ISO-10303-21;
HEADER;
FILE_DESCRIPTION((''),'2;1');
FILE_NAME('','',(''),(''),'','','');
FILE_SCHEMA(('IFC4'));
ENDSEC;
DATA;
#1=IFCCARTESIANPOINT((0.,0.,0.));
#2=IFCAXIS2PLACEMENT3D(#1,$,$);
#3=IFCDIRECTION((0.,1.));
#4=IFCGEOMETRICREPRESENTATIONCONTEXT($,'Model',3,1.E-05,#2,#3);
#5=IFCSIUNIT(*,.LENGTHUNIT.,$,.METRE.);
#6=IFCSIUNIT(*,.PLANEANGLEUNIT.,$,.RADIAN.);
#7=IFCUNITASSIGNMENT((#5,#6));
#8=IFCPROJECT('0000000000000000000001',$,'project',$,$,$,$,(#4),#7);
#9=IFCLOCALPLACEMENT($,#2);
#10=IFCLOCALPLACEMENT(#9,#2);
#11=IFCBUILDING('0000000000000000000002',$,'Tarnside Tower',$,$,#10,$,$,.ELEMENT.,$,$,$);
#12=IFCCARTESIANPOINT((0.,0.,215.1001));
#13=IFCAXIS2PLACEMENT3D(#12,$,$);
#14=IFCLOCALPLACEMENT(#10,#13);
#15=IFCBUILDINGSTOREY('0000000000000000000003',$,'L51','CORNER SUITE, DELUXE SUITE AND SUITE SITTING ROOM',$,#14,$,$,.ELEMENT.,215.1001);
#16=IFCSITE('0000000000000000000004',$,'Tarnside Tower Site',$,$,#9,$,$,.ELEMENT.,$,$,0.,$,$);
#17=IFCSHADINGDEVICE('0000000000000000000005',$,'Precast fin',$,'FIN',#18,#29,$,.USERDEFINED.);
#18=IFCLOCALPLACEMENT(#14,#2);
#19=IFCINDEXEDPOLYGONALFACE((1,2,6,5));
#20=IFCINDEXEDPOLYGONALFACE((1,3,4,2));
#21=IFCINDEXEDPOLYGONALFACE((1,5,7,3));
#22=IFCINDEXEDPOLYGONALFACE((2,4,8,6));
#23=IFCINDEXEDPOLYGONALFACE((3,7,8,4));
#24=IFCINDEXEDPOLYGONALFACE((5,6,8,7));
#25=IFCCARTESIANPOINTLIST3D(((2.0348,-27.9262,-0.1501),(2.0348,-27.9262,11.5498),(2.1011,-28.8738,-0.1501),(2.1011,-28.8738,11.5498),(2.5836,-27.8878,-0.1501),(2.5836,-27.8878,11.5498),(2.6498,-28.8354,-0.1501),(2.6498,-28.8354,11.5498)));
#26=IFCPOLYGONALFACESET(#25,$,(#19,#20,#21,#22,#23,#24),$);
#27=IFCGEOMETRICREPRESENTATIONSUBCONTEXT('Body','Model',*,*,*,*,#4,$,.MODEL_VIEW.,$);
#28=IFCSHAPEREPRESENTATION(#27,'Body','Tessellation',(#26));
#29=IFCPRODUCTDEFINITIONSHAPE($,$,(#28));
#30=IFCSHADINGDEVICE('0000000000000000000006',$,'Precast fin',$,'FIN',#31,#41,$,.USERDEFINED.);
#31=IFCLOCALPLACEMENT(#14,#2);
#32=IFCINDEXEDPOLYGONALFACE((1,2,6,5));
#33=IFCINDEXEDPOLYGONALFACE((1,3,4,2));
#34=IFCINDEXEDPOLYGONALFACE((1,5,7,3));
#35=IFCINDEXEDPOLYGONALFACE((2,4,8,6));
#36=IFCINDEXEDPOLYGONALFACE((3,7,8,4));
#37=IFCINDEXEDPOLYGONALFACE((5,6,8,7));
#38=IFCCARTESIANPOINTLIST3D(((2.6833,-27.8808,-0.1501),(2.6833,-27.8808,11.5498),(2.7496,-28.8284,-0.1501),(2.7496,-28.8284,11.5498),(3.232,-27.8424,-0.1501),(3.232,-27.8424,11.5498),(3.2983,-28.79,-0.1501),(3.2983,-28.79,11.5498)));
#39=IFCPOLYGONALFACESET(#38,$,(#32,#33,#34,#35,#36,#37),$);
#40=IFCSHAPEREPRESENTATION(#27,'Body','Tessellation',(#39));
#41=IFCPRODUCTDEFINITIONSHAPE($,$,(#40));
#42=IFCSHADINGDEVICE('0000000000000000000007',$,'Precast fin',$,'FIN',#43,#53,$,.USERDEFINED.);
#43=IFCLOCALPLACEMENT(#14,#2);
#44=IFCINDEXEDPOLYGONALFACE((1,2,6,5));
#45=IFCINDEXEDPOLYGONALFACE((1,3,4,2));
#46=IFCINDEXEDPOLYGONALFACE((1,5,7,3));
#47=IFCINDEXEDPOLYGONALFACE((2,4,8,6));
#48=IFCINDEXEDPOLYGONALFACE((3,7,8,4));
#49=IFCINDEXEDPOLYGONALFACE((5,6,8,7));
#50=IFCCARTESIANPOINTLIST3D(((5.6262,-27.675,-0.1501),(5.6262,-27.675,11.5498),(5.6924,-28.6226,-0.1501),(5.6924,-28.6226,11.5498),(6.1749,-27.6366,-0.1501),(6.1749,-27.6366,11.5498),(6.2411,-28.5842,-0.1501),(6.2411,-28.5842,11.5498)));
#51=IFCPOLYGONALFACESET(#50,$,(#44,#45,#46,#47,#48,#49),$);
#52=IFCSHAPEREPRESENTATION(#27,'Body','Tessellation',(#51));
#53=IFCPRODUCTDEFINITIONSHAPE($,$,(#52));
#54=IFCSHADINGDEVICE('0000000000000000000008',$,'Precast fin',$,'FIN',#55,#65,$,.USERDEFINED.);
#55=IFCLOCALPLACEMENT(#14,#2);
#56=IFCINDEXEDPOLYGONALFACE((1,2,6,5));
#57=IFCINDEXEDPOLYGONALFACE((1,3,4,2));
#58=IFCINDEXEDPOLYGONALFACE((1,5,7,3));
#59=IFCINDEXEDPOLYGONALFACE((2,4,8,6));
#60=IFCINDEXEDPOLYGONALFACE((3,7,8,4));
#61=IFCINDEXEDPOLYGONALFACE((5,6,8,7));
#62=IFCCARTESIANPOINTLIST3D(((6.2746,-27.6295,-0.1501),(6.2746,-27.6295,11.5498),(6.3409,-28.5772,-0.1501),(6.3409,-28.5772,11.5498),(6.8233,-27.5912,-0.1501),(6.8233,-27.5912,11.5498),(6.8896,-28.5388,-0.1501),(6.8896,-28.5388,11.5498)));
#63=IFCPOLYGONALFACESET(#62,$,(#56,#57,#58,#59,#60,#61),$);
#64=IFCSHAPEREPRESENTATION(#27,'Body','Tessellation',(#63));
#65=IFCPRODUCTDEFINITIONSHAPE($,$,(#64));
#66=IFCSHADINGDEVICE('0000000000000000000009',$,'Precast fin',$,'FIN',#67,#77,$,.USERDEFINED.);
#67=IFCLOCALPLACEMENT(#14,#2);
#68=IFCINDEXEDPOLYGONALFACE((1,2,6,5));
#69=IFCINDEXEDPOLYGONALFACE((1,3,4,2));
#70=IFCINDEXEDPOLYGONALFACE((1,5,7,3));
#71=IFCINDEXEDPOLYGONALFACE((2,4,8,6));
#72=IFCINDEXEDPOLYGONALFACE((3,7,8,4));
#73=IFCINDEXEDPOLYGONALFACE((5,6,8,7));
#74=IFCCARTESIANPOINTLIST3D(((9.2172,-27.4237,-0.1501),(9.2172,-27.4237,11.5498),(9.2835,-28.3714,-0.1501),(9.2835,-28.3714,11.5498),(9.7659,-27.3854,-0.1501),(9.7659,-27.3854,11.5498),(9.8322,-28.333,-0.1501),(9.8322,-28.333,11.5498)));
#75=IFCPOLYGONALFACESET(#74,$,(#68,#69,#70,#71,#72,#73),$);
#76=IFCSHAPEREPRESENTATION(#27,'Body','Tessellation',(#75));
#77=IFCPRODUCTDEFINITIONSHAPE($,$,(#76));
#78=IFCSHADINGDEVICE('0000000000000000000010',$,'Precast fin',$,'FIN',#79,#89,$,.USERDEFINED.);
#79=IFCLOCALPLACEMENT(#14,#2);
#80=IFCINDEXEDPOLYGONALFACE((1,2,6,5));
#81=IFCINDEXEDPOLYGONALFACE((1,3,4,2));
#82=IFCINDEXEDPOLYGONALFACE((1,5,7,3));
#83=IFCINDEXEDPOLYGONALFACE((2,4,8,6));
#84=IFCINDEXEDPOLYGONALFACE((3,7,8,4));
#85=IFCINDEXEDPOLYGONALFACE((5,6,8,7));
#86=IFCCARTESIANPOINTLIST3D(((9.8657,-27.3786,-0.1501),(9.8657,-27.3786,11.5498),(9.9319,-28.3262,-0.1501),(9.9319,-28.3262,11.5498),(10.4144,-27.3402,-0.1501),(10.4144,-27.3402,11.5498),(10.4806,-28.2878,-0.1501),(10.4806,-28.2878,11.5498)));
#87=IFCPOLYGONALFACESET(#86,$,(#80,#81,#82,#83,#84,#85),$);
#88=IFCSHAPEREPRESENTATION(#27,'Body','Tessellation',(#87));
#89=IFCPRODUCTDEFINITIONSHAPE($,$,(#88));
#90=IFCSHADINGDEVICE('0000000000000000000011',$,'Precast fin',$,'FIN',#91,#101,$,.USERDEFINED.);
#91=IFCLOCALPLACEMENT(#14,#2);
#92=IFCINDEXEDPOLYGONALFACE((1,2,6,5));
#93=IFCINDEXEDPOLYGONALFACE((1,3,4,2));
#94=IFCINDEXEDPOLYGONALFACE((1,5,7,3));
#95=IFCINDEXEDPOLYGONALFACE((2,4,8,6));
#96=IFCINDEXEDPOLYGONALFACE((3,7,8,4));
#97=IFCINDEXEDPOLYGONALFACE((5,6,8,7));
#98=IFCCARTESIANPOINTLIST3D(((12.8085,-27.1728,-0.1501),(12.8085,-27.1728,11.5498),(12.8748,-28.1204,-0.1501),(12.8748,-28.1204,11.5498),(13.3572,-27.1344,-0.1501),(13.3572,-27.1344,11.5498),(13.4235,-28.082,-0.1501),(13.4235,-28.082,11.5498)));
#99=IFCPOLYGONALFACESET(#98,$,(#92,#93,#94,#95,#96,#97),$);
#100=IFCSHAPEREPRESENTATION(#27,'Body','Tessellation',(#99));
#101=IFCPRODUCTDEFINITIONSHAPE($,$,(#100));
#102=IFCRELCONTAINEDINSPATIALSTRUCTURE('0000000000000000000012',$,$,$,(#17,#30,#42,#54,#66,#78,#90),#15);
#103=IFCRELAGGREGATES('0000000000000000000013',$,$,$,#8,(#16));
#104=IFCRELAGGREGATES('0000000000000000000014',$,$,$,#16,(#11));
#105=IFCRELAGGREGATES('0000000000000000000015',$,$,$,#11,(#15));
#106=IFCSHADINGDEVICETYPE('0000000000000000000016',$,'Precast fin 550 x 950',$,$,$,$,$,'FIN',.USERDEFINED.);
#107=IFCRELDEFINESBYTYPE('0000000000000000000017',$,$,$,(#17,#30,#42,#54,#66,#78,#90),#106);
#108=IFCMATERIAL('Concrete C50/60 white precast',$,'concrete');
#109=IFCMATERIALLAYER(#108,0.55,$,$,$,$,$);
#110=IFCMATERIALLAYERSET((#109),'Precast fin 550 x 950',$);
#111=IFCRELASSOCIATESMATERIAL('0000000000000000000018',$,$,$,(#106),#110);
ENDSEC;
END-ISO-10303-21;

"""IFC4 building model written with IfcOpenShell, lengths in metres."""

from ifc_helpers import new_model, si_unit, direction, frame, origin, place, context, subcontext, project, spatial, polyline, outline, extrude, material, layer, layer_set, type_object, element, save


model = new_model("IFC4")

# Units and contexts
model_context = context("Model", 3, precision=1e-05, world=origin(), true_north=direction((0.0, 1.0)))
body_context = subcontext(model_context, "Body", "Model", "MODEL_VIEW")
ifc_project = project(units=[si_unit("LENGTHUNIT", "METRE"), si_unit("PLANEANGLEUNIT", "RADIAN")], contexts=[model_context])

# Site, building, storey
site_placement = place(None, origin())
site = spatial("IfcSite", under=ifc_project, at=site_placement, Name="Tarnside Tower Site", CompositionType="ELEMENT", RefElevation=0.0)
building_placement = place(site_placement, origin())
building = spatial("IfcBuilding", under=site, at=building_placement, Name="Tarnside Tower", CompositionType="ELEMENT")
storey_placement = place(building_placement, frame((0.0, 0.0, 215.1001)))
storey = spatial("IfcBuildingStorey", under=building, at=storey_placement, Name="L51", Description="CORNER SUITE, DELUXE SUITE AND SUITE SITTING ROOM", CompositionType="ELEMENT", Elevation=215.1001)

# Shading devices
ifc_material_1 = material(Name="Concrete C50/60 white precast", Category="concrete")
ifc_layer_1 = layer(ifc_material_1, 0.55)
ifc_layer_set_1 = layer_set([ifc_layer_1], Name="Precast fin 550 x 950")
shading_device_type = type_object("IfcShadingDeviceType", Name="Precast fin 550 x 950", ElementType="FIN", PredefinedType="USERDEFINED", material=ifc_layer_set_1)
for number, where, z_axis, x_axis, name in (
    (1, (2.3093, -27.907, -0.1501), (-0.997564, -0.069756, 0.0), (0.069756, -0.997564, 0.0), "Precast fin"),
    (2, (2.9578, -27.8616, -0.1501), (-0.997564, -0.069756, 0.0), (0.069756, -0.997564, 0.0), "Precast fin"),
    (3, (5.9006, -27.6558, -0.1501), (-0.997564, -0.069756, 0.0), (0.069756, -0.997564, 0.0), "Precast fin"),
    (4, (6.5491, -27.6104, -0.1501), (-0.997564, -0.069756, 0.0), (0.069756, -0.997564, 0.0), "Precast fin"),
    (5, (9.4917, -27.4045, -0.1501), (-0.997564, -0.069756, 0.0), (0.069756, -0.997564, 0.0), "Precast fin"),
    (6, (10.1401, -27.3594, -0.1501), (-0.997564, -0.069756, 0.0), (0.069756, -0.997564, 0.0), "Precast fin"),
    (7, (13.083, -27.1536, -0.1501), (-0.997564, -0.069756, 0.0), (0.069756, -0.997564, 0.0), "Precast fin"),
):
    element("IfcShadingDevice", number, at=place(storey_placement, frame(where, z_axis=z_axis, x_axis=x_axis)), inside=storey, type_object=shading_device_type, Name=name, ObjectType="FIN", PredefinedType="USERDEFINED", context=body_context, shape_type="SweptSolid", body=[
        extrude(outline(polyline([(0.0, 0.0), (0.95, 0.0), (0.95, 11.7), (0.0, 11.7), (0.0, 0.0)])), frame((0.0, 0.0, -0.2749)), (0.0, 0.0, 1.0), 0.55),
    ])

save(model, "model.ifc")
